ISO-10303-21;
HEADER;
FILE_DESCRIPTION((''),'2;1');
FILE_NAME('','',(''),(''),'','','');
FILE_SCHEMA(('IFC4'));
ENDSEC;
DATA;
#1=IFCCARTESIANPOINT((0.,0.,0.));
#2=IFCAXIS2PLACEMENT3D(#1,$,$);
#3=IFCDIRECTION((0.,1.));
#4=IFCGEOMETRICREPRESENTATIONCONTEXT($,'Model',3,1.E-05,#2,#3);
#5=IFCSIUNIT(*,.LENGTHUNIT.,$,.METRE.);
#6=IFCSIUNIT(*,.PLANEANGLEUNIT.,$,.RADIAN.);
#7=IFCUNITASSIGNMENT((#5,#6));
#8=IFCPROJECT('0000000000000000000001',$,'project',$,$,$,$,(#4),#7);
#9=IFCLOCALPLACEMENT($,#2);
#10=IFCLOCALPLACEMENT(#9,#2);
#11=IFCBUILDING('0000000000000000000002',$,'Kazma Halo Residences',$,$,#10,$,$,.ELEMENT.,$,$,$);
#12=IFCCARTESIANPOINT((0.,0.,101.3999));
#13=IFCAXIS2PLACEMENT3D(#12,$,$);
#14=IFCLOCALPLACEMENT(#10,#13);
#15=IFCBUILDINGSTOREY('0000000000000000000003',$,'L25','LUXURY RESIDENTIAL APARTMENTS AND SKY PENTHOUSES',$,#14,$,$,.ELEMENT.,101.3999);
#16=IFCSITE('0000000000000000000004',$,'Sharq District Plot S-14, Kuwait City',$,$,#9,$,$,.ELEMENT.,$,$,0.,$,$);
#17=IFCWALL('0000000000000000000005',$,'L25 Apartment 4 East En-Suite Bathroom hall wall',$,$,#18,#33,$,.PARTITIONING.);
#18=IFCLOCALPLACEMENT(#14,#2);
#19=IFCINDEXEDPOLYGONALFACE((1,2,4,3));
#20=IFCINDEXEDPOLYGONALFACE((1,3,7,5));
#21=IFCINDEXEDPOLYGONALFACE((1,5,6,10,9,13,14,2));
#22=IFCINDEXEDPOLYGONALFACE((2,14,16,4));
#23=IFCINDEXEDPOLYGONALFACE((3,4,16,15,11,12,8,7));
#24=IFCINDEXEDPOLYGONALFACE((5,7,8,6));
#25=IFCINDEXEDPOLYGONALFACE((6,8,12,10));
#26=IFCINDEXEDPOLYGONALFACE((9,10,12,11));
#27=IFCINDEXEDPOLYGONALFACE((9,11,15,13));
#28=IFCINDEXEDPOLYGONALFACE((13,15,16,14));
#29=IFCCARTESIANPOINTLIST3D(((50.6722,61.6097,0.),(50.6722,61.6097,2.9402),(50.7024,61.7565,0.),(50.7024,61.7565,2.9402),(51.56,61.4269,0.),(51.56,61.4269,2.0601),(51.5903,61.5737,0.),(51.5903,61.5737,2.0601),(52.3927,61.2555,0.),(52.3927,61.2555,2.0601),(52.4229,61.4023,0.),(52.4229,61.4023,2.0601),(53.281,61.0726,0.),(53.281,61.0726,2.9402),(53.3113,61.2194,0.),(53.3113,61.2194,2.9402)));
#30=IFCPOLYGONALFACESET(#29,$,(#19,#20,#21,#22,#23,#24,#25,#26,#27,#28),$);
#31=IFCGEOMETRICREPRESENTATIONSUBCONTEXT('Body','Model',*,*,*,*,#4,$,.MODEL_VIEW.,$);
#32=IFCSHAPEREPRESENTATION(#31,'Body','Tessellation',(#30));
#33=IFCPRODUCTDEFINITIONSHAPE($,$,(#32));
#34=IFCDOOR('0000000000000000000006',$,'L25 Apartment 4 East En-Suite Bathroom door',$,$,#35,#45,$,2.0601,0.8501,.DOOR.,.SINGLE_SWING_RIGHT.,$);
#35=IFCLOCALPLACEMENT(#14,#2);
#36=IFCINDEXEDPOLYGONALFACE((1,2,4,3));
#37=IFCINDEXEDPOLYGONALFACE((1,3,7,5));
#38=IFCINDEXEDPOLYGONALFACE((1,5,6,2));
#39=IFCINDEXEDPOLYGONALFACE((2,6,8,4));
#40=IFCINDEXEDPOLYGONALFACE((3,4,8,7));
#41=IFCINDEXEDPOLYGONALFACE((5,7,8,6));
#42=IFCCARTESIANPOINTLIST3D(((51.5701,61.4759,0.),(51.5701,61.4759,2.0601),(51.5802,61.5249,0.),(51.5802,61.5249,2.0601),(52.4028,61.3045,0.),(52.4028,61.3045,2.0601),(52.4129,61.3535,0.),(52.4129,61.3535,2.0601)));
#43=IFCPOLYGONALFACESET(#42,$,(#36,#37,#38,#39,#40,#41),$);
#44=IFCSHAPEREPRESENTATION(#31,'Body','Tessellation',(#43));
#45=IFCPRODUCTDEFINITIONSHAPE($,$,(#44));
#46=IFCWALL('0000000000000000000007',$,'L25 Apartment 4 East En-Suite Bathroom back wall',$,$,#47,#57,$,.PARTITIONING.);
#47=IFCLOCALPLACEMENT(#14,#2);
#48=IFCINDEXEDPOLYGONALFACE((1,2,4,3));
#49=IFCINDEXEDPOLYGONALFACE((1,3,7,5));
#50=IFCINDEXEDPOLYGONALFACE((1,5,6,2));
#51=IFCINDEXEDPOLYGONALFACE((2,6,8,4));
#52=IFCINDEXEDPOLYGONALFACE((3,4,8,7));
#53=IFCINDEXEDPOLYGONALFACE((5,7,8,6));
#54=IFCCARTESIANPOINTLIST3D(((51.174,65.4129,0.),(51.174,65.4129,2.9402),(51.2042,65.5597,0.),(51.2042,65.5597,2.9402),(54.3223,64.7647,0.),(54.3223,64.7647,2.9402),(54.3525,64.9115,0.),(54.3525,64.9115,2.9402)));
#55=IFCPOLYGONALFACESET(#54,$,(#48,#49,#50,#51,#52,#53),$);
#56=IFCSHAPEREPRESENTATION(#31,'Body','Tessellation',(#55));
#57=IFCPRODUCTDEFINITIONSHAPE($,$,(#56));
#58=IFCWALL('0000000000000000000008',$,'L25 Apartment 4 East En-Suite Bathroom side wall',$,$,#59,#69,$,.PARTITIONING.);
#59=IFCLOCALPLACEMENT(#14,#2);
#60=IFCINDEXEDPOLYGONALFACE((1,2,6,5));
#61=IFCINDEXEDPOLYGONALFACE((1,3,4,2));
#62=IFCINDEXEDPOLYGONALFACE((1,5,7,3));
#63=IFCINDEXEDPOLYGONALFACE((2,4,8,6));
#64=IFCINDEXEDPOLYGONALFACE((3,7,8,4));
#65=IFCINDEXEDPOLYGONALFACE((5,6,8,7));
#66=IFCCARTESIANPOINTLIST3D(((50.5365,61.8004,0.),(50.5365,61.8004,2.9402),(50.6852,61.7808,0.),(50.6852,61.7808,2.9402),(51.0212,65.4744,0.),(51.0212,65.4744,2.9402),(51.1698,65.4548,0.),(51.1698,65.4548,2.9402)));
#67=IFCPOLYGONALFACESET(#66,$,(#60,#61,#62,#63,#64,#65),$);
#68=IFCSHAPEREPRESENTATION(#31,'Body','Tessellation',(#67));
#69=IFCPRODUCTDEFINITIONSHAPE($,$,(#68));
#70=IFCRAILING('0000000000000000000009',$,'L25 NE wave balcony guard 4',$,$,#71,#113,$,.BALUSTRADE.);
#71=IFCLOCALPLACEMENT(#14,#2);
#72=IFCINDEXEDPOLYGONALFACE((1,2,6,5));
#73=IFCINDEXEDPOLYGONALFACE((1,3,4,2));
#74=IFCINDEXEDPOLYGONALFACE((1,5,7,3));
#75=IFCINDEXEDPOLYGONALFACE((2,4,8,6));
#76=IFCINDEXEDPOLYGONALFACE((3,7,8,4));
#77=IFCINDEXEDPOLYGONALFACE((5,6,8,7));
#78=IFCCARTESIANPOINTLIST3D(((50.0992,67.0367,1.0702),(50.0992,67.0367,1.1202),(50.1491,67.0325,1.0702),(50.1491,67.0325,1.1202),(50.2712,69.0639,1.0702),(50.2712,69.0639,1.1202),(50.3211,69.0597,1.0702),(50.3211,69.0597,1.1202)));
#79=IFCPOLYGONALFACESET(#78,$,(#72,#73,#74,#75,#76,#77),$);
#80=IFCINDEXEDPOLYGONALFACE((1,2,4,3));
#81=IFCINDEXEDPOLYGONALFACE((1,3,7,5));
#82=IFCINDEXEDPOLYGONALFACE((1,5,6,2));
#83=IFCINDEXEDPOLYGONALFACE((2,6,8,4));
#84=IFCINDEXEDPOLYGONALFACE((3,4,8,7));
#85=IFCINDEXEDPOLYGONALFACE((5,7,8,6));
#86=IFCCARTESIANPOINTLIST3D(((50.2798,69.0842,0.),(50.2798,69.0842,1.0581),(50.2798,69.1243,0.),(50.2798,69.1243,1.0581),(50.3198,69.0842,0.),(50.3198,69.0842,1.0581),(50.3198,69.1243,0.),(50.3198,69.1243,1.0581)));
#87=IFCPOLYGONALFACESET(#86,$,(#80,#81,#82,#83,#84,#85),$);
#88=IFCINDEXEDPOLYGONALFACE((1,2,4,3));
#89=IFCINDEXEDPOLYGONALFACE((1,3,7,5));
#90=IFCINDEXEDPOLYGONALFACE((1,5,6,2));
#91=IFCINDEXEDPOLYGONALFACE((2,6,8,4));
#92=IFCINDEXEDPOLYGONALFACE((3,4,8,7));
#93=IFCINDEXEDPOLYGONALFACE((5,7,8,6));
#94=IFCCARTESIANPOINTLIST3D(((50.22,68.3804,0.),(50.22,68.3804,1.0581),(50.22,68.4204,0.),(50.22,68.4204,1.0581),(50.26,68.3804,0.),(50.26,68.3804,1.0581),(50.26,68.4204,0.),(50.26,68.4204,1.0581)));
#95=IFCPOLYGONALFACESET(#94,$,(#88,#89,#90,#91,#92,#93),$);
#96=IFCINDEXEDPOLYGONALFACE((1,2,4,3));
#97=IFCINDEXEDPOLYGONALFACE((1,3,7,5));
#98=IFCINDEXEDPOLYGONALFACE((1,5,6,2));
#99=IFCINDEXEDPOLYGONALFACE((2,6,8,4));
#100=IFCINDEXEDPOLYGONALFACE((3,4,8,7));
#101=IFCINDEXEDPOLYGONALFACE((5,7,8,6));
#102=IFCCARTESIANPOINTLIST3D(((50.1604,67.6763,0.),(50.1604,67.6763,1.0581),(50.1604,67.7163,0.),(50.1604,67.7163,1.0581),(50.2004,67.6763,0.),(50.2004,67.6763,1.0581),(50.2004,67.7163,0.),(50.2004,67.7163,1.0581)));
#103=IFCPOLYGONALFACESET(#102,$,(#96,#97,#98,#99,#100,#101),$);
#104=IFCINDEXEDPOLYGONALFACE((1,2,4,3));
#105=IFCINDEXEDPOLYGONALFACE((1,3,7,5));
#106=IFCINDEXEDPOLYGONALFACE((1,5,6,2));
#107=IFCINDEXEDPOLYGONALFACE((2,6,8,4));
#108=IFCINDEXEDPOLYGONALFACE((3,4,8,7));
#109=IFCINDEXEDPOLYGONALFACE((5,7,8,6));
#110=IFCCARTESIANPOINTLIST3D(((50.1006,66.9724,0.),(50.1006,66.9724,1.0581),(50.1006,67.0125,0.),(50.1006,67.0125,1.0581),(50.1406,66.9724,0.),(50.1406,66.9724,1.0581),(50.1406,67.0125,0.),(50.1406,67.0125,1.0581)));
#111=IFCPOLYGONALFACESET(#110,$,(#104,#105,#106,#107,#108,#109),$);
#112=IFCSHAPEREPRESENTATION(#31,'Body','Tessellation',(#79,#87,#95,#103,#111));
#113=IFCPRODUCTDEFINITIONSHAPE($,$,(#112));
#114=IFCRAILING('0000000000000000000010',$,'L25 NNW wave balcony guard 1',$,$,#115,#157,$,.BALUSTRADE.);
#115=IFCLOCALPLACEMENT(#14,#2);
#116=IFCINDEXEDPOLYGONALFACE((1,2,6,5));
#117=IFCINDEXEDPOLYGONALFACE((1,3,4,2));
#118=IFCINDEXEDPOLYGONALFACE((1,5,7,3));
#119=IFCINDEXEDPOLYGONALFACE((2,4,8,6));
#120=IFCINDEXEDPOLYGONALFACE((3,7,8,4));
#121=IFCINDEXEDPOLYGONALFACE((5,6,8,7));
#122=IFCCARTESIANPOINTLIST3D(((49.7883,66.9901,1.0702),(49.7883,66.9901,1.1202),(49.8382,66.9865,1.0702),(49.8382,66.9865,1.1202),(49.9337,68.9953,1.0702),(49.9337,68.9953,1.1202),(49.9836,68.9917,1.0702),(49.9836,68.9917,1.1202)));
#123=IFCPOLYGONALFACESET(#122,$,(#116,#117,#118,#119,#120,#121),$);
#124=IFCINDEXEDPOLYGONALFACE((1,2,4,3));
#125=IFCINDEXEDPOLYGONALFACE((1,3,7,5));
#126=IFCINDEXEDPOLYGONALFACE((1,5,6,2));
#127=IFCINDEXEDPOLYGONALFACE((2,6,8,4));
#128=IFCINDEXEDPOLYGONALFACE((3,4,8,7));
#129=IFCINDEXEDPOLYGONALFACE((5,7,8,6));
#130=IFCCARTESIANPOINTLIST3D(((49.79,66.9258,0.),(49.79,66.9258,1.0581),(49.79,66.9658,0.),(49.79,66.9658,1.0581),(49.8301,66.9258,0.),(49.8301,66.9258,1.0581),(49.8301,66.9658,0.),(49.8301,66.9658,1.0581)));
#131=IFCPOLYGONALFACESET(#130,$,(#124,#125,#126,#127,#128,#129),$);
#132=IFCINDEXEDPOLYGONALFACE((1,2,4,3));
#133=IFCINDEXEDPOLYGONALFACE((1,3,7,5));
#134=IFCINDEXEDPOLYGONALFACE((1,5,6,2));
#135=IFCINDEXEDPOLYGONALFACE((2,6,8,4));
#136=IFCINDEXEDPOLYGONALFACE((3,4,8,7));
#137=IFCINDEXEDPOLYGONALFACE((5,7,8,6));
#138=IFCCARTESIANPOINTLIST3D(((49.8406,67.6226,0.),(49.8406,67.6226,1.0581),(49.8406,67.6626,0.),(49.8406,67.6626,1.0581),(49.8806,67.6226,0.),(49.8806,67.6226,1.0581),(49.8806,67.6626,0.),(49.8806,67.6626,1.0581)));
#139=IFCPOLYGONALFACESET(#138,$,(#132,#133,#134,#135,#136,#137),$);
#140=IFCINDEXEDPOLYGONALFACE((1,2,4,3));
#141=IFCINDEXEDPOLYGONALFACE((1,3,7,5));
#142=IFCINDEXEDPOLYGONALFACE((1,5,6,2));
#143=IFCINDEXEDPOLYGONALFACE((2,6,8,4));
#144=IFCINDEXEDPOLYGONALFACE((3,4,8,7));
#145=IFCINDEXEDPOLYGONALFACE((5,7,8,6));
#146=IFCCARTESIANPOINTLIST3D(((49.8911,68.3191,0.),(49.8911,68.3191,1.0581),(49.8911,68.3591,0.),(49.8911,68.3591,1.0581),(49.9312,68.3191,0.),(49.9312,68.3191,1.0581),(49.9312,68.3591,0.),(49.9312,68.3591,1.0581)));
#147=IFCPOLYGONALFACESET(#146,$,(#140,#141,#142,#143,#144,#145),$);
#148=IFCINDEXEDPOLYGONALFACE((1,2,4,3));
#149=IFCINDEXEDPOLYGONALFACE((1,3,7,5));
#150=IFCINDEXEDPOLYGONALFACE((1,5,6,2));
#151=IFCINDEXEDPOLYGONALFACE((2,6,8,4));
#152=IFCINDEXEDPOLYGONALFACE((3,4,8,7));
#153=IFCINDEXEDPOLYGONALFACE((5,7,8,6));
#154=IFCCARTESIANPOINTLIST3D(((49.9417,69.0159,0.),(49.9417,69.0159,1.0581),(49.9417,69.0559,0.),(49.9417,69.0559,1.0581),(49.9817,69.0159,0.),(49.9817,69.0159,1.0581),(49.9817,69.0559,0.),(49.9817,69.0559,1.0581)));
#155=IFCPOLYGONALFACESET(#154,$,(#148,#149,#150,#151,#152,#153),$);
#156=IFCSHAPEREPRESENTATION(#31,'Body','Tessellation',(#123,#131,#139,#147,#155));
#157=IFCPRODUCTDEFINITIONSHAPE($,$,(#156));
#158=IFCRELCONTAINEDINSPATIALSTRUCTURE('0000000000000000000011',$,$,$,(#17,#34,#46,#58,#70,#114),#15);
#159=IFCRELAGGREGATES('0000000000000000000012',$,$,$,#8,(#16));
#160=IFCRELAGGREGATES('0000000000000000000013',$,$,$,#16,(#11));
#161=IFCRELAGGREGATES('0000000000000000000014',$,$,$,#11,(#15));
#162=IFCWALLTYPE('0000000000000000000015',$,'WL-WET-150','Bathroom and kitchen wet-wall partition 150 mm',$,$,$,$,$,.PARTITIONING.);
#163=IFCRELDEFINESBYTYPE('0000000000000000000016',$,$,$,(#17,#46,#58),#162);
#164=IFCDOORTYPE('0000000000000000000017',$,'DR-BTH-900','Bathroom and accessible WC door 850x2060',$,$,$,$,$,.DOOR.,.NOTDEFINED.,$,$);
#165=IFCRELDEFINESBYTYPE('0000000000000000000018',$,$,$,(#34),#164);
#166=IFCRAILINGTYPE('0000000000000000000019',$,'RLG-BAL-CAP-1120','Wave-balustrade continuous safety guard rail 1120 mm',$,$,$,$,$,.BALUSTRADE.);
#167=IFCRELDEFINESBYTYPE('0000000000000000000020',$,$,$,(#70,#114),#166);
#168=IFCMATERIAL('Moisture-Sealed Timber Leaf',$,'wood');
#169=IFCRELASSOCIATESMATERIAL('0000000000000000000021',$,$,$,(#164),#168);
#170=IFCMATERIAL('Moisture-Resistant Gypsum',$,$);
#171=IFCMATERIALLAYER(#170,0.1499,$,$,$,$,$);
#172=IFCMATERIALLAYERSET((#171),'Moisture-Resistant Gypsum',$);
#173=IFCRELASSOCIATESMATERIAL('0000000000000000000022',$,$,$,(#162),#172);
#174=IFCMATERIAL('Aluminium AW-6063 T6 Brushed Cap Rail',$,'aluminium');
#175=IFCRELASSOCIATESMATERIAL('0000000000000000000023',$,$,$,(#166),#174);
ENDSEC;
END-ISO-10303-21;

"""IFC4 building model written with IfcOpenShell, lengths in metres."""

from ifc_helpers import new_model, si_unit, direction, frame, frame_2d, origin, origin_2d, place, context, subcontext, project, spatial, rectangle, extrude, material, layer, layer_set, type_object, element, fill, save


model = new_model("IFC4")

# Units and contexts
model_context = context("Model", 3, precision=1e-05, world=origin(), true_north=direction((0.0, 1.0)))
body_context = subcontext(model_context, "Body", "Model", "MODEL_VIEW")
ifc_project = project(units=[si_unit("LENGTHUNIT", "METRE"), si_unit("PLANEANGLEUNIT", "RADIAN")], contexts=[model_context])

# Site, building, storey
site_placement = place(None, origin())
site = spatial("IfcSite", under=ifc_project, at=site_placement, Name="Sharq District Plot S-14, Kuwait City", CompositionType="ELEMENT", RefElevation=0.0)
building_placement = place(site_placement, origin())
building = spatial("IfcBuilding", under=site, at=building_placement, Name="Kazma Halo Residences", CompositionType="ELEMENT")
storey_placement = place(building_placement, frame((0.0, 0.0, 101.3999)))
storey = spatial("IfcBuildingStorey", under=building, at=storey_placement, Name="L25", Description="LUXURY RESIDENTIAL APARTMENTS AND SKY PENTHOUSES", CompositionType="ELEMENT", Elevation=101.3999)

# Wall, opening, door
ifc_material_1 = material(Name="Moisture-Sealed Timber Leaf", Category="wood")
door_type_1 = type_object("IfcDoorType", Name="DR-BTH-900", Description="Bathroom and accessible WC door 850x2060", OperationType="NOTDEFINED", PredefinedType="DOOR", material=ifc_material_1)
ifc_material_2 = material(Name="Moisture-Resistant Gypsum")
ifc_layer_1 = layer(ifc_material_2, 0.1499)
ifc_layer_set_1 = layer_set([ifc_layer_1], Name="Moisture-Resistant Gypsum")
wall_type_1 = type_object("IfcWallType", Name="WL-WET-150", Description="Bathroom and kitchen wet-wall partition 150 mm", PredefinedType="PARTITIONING", material=ifc_layer_set_1)
wall_1_placement = place(storey_placement, frame((53.2961, 61.146, 0.0), z_axis=(0.0, 0.0, 1.0), x_axis=(-0.979458, 0.201648, 0.0)))
wall_1 = element("IfcWall", 1, at=wall_1_placement, inside=storey, type_object=wall_type_1, Name="L25 Apartment 4 East En-Suite Bathroom hall wall", PredefinedType="PARTITIONING", context=body_context, shape_type="SweptSolid", body=[
    extrude(rectangle(XDim=2.6636, YDim=0.1499, at=frame_2d((1.3318, 0.0))), origin(), (0.0, 0.0, 1.0), 2.9402),
])
opening_1_placement = place(wall_1_placement, frame((0.907, 0.0, 0.0)))
opening_1 = element("IfcOpeningElement", 2, at=opening_1_placement, cuts=wall_1, PredefinedType="OPENING", context=body_context, shape_type="SweptSolid", body=[
    extrude(rectangle(XDim=0.8501, YDim=2.0601, at=frame_2d((0.425, 1.03))), frame((0.0, 0.085, 0.0), z_axis=(0.0, -1.0, 0.0), x_axis=(1.0, 0.0, 0.0)), (0.0, 0.0, 1.0), 0.1699),
])
door_1_placement = place(opening_1_placement, origin())
door_1 = element("IfcDoor", 3, at=door_1_placement, inside=storey, type_object=door_type_1, Name="L25 Apartment 4 East En-Suite Bathroom door", OperationType="SINGLE_SWING_RIGHT", OverallHeight=2.0601, OverallWidth=0.8501, PredefinedType="DOOR", context=body_context, shape_type="SweptSolid", body=[
    extrude(rectangle(XDim=0.8501, YDim=2.0601, at=frame_2d((0.425, 1.03))), frame((0.0, 0.0249, 0.0), z_axis=(0.0, -1.0, 0.0), x_axis=(1.0, 0.0, 0.0)), (0.0, 0.0, 1.0), 0.05),
])
fill(opening_1, door_1)

# Walls
wall_2_placement = place(storey_placement, frame((54.3374, 64.8381, 0.0), z_axis=(0.0, 0.0, 1.0), x_axis=(-0.979458, 0.201649, 0.0)))
element("IfcWall", 4, at=wall_2_placement, inside=storey, type_object=wall_type_1, Name="L25 Apartment 4 East En-Suite Bathroom back wall", PredefinedType="PARTITIONING", context=body_context, shape_type="SweptSolid", body=[
    extrude(rectangle(XDim=3.2144, YDim=0.1499, at=frame_2d((1.6072, 0.0))), origin(), (0.0, 0.0, 1.0), 2.9402),
])
wall_3_placement = place(storey_placement, frame((50.6108, 61.7905, 0.0), z_axis=(0.0, 0.0, 1.0), x_axis=(0.13077, 0.991413, 0.0)))
element("IfcWall", 5, at=wall_3_placement, inside=storey, type_object=wall_type_1, Name="L25 Apartment 4 East En-Suite Bathroom side wall", PredefinedType="PARTITIONING", context=body_context, shape_type="SweptSolid", body=[
    extrude(rectangle(XDim=3.7058, YDim=0.1499, at=frame_2d((1.853, 0.0))), origin(), (0.0, 0.0, 1.0), 2.9402),
])

# Railings
ifc_material_3 = material(Name="Aluminium AW-6063 T6 Brushed Cap Rail", Category="aluminium")
railing_type = type_object("IfcRailingType", Name="RLG-BAL-CAP-1120", Description="Wave-balustrade continuous safety guard rail 1120 mm", PredefinedType="BALUSTRADE", material=ifc_material_3)
railing_1_placement = place(storey_placement, frame((50.2998, 69.1042, 0.0)))
element("IfcRailing", 6, at=railing_1_placement, inside=storey, type_object=railing_type, Name="L25 NE wave balcony guard 4", PredefinedType="BALUSTRADE", context=body_context, shape_type="SweptSolid", body=[
    extrude(rectangle(XDim=0.05, YDim=0.05, at=origin_2d()), frame((-0.0037, -0.0425, 1.0952), z_axis=(-0.084552, -0.996419, 0.0), x_axis=(0.996419, -0.084552, 0.0)), (0.0, 0.0, 1.0), 2.0344),
    extrude(rectangle(XDim=0.04, YDim=0.04, at=origin_2d()), origin(), (0.0, 0.0, 1.0), 1.0581),
    extrude(rectangle(XDim=0.04, YDim=0.04, at=origin_2d()), frame((-0.0598, -0.7039, 0.0)), (0.0, 0.0, 1.0), 1.0581),
    extrude(rectangle(XDim=0.04, YDim=0.04, at=origin_2d()), frame((-0.1194, -1.408, 0.0)), (0.0, 0.0, 1.0), 1.0581),
    extrude(rectangle(XDim=0.04, YDim=0.04, at=origin_2d()), frame((-0.1792, -2.1118, 0.0)), (0.0, 0.0, 1.0), 1.0581),
])
railing_2_placement = place(storey_placement, frame((49.8101, 66.9458, 0.0)))
element("IfcRailing", 7, at=railing_2_placement, inside=storey, type_object=railing_type, Name="L25 NNW wave balcony guard 1", PredefinedType="BALUSTRADE", context=body_context, shape_type="SweptSolid", body=[
    extrude(rectangle(XDim=0.05, YDim=0.05, at=origin_2d()), frame((0.0032, 0.0425, 1.0952), z_axis=(0.072348, 0.997379, 0.0), x_axis=(-0.997379, 0.072348, 0.0)), (0.0, 0.0, 1.0), 2.0105),
    extrude(rectangle(XDim=0.04, YDim=0.04, at=origin_2d()), origin(), (0.0, 0.0, 1.0), 1.0581),
    extrude(rectangle(XDim=0.04, YDim=0.04, at=origin_2d()), frame((0.0505, 0.6968, 0.0)), (0.0, 0.0, 1.0), 1.0581),
    extrude(rectangle(XDim=0.04, YDim=0.04, at=origin_2d()), frame((0.1011, 1.3933, 0.0)), (0.0, 0.0, 1.0), 1.0581),
    extrude(rectangle(XDim=0.04, YDim=0.04, at=origin_2d()), frame((0.1516, 2.0901, 0.0)), (0.0, 0.0, 1.0), 1.0581),
])

save(model, "model.ifc")
